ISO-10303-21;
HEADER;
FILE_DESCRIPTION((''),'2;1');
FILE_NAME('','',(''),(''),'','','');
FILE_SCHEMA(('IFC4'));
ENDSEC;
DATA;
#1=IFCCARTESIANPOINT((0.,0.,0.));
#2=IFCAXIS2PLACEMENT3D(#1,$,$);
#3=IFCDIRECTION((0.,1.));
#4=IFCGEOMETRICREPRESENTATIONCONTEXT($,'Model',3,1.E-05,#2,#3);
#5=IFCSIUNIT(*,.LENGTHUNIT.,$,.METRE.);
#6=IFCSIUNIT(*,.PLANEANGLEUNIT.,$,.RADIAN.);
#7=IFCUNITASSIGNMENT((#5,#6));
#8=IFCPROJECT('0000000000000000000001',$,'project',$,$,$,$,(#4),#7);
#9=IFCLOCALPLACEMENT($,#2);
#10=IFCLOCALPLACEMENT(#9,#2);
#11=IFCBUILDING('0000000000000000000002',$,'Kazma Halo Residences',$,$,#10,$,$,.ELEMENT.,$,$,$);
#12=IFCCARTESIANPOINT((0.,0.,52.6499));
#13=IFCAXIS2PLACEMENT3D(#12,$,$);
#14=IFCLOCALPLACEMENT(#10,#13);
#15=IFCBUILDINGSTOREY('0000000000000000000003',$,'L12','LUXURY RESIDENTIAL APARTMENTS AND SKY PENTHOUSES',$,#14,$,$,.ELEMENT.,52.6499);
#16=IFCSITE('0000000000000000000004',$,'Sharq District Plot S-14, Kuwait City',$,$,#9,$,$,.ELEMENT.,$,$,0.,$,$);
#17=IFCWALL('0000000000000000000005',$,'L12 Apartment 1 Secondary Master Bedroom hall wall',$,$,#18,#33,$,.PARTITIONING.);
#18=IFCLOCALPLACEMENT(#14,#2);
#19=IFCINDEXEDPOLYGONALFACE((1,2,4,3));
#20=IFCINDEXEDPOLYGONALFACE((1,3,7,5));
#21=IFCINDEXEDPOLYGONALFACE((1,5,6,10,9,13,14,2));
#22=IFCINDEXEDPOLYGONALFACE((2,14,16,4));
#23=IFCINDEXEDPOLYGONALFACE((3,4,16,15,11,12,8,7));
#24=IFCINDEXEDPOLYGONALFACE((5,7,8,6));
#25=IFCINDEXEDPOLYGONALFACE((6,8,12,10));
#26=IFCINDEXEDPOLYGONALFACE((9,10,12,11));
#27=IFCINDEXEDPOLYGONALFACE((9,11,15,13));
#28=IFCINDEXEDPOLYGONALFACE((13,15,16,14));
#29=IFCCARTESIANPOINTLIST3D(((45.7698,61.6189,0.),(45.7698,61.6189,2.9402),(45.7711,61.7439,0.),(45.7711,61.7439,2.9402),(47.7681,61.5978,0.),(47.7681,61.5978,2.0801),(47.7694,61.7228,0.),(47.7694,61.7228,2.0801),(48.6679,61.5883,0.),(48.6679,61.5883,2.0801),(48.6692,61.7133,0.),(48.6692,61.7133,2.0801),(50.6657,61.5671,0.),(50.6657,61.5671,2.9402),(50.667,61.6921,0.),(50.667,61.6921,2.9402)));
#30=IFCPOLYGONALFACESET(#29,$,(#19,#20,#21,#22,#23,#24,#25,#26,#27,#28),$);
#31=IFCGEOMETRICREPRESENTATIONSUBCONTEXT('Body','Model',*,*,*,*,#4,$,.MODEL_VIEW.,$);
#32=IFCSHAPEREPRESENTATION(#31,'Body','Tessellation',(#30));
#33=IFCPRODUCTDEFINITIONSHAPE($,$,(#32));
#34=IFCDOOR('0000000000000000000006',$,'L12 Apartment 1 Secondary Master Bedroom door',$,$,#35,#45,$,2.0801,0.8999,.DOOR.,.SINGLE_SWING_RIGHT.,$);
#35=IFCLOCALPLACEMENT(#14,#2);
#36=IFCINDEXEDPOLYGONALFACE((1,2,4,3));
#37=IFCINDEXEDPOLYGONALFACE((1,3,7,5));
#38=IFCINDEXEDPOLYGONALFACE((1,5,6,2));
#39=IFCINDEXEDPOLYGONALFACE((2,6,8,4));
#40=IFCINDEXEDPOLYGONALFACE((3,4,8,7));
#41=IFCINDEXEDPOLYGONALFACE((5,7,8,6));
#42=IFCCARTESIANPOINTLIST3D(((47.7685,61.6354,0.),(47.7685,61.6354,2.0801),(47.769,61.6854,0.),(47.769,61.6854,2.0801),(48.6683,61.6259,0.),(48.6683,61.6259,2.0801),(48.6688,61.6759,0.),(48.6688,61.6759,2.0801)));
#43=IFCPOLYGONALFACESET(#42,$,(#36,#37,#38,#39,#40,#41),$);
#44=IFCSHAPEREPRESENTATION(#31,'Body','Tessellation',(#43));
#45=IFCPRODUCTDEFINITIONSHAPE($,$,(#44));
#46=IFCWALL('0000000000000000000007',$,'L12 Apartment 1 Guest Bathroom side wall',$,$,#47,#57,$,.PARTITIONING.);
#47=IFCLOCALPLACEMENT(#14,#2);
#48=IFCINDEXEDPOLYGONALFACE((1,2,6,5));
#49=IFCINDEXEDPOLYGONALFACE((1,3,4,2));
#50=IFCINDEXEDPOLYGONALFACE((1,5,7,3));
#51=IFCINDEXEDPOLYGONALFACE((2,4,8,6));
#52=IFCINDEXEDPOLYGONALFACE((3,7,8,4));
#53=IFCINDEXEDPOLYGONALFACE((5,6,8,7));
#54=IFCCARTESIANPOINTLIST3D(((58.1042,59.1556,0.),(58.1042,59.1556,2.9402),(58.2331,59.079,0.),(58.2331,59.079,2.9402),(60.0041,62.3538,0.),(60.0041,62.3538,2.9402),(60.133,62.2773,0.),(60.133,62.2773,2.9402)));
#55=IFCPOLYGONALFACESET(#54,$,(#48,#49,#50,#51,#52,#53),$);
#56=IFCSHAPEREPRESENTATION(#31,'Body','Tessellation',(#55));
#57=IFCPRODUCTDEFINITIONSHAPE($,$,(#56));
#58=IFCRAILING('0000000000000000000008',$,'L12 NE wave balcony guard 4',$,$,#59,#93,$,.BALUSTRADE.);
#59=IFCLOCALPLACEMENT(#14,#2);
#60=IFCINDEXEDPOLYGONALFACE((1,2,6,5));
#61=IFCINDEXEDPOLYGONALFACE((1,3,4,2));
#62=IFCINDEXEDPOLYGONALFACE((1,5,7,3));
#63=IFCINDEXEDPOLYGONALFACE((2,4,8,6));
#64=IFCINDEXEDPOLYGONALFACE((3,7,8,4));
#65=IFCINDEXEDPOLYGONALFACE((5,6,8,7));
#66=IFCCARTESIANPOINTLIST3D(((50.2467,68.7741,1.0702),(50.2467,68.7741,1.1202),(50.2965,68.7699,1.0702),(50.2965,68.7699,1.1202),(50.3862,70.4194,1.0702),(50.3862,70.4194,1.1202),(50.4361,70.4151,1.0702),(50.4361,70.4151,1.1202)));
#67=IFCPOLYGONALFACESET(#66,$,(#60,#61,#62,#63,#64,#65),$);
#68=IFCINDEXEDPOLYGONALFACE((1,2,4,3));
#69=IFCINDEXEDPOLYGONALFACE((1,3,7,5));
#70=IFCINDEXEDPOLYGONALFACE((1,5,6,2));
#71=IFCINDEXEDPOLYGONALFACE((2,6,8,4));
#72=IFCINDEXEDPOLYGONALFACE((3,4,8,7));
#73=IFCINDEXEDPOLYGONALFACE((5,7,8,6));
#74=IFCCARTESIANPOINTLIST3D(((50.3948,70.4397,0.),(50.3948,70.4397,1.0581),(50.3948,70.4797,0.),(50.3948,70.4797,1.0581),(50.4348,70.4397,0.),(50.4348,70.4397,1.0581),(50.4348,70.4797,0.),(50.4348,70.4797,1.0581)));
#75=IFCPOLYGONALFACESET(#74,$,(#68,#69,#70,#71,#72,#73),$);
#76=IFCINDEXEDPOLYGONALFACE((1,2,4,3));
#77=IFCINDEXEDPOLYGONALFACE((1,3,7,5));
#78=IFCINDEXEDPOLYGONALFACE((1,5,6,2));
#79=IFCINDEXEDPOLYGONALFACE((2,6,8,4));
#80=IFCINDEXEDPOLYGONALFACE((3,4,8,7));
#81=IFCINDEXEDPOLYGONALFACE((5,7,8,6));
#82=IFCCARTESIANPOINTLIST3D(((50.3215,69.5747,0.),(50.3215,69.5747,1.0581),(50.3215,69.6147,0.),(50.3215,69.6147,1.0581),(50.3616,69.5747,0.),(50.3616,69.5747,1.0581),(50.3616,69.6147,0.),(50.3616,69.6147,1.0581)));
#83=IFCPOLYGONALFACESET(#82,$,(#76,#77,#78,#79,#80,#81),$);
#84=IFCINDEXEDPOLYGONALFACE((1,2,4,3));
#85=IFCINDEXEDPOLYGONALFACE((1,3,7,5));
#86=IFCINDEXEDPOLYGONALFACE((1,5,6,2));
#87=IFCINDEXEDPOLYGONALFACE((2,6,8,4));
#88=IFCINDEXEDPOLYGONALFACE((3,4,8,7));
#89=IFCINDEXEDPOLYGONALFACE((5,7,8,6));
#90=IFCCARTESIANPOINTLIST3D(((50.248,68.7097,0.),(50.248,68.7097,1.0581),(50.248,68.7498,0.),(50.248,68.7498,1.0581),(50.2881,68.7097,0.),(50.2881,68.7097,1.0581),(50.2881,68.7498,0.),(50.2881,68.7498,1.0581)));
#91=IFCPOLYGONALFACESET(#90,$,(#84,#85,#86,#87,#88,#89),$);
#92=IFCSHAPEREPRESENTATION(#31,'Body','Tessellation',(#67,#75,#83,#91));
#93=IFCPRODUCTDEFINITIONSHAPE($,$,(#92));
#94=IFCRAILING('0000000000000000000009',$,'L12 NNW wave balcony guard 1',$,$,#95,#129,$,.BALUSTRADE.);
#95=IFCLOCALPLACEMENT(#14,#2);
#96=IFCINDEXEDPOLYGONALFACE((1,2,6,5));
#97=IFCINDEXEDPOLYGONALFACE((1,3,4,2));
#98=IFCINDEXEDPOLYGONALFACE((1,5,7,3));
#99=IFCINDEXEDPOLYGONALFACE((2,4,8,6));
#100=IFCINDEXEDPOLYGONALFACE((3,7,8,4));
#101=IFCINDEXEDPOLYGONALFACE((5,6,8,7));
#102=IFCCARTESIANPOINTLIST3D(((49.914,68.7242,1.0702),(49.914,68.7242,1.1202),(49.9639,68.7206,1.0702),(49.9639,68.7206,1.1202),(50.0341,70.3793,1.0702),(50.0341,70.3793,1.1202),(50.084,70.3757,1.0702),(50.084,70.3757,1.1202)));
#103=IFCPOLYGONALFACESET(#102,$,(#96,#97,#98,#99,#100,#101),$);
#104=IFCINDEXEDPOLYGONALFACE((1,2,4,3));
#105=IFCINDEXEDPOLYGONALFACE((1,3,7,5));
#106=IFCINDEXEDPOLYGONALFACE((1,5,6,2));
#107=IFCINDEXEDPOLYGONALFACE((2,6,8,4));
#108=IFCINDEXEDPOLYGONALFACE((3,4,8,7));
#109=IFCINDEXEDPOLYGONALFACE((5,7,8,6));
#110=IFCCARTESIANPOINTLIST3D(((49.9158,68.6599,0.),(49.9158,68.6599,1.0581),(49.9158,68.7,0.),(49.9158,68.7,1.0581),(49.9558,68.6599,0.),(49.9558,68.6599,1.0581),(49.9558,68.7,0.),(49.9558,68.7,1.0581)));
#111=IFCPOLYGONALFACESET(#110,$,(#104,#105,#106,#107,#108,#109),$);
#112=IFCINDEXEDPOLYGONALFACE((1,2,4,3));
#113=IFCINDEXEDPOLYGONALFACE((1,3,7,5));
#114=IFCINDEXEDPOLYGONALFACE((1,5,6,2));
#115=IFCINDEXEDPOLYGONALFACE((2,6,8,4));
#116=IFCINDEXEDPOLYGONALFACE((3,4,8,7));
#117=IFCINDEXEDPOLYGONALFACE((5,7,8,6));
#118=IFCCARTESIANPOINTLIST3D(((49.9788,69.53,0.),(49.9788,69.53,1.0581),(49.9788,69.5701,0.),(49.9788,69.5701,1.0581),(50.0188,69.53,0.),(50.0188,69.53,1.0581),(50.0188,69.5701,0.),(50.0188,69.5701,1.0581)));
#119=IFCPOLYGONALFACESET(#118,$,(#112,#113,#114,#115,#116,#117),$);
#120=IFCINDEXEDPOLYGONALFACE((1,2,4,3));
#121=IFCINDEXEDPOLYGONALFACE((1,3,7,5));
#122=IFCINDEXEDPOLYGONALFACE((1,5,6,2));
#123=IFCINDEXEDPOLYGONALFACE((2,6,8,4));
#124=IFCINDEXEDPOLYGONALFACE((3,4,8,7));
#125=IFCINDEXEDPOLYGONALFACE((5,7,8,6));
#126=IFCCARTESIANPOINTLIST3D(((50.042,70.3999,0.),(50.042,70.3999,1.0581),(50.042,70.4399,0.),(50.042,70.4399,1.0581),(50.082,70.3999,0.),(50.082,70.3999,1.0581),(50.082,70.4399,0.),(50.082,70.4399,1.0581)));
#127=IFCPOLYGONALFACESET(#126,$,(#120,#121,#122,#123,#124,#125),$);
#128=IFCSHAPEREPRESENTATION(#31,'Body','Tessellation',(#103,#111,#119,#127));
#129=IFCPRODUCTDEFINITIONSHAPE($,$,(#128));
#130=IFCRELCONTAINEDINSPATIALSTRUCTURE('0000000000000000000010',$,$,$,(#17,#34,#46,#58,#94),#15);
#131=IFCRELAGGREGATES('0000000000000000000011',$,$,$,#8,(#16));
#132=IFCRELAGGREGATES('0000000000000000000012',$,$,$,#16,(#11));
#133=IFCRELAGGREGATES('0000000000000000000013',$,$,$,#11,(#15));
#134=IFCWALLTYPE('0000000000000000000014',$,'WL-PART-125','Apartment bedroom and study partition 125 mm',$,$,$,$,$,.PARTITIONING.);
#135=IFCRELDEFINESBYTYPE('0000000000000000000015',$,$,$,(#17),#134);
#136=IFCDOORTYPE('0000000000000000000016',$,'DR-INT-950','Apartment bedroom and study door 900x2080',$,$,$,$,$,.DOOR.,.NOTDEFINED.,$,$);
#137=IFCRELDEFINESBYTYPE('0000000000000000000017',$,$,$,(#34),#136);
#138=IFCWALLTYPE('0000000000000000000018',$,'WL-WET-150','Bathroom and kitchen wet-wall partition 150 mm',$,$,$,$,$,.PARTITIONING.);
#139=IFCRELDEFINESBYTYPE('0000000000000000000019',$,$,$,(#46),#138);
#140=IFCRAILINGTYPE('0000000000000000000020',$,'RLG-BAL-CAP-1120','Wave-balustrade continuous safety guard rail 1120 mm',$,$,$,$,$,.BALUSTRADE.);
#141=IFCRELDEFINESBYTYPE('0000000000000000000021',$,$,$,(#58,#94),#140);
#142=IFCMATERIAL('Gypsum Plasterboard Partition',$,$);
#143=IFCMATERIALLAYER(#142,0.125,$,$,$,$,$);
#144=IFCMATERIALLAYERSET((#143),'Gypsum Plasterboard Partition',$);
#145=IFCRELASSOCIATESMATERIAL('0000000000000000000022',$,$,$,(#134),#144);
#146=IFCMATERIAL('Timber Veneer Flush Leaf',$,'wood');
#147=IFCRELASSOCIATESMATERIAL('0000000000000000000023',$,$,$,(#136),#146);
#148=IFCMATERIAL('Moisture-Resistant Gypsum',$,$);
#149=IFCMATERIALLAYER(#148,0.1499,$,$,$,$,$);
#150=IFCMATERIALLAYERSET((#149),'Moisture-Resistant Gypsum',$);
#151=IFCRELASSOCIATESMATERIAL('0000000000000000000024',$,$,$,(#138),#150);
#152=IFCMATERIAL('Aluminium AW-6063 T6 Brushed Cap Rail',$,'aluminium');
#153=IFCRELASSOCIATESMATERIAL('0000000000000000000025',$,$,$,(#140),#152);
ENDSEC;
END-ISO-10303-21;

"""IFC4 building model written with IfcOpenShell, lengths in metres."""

from ifc_helpers import new_model, si_unit, direction, frame, frame_2d, origin, origin_2d, place, context, subcontext, project, spatial, rectangle, extrude, material, layer, layer_set, type_object, element, fill, save


model = new_model("IFC4")

# Units and contexts
model_context = context("Model", 3, precision=1e-05, world=origin(), true_north=direction((0.0, 1.0)))
body_context = subcontext(model_context, "Body", "Model", "MODEL_VIEW")
ifc_project = project(units=[si_unit("LENGTHUNIT", "METRE"), si_unit("PLANEANGLEUNIT", "RADIAN")], contexts=[model_context])

# Site, building, storey
site_placement = place(None, origin())
site = spatial("IfcSite", under=ifc_project, at=site_placement, Name="Sharq District Plot S-14, Kuwait City", CompositionType="ELEMENT", RefElevation=0.0)
building_placement = place(site_placement, origin())
building = spatial("IfcBuilding", under=site, at=building_placement, Name="Kazma Halo Residences", CompositionType="ELEMENT")
storey_placement = place(building_placement, frame((0.0, 0.0, 52.6499)))
storey = spatial("IfcBuildingStorey", under=building, at=storey_placement, Name="L12", Description="LUXURY RESIDENTIAL APARTMENTS AND SKY PENTHOUSES", CompositionType="ELEMENT", Elevation=52.6499)

# Shared definitions
ifc_material_1 = material(Name="Gypsum Plasterboard Partition")
ifc_layer_1 = layer(ifc_material_1, 0.125)
ifc_layer_set_1 = layer_set([ifc_layer_1], Name="Gypsum Plasterboard Partition")
wall_type_1 = type_object("IfcWallType", Name="WL-PART-125", Description="Apartment bedroom and study partition 125 mm", PredefinedType="PARTITIONING", material=ifc_layer_set_1)

# Wall, opening, door
wall_1_placement = place(storey_placement, frame((50.6665, 61.6296, 0.0), z_axis=(0.0, 0.0, 1.0), x_axis=(-0.999944, 0.010571, 0.0)))
wall_1 = element("IfcWall", 1, at=wall_1_placement, inside=storey, type_object=wall_type_1, Name="L12 Apartment 1 Secondary Master Bedroom hall wall", PredefinedType="PARTITIONING", context=body_context, shape_type="SweptSolid", body=[
    extrude(rectangle(XDim=4.8962, YDim=0.125, at=frame_2d((2.4482, 0.0))), origin(), (0.0, 0.0, 1.0), 2.9402),
])
opening_1_placement = place(wall_1_placement, frame((1.998, 0.0, 0.0)))
opening_1 = element("IfcOpeningElement", 2, at=opening_1_placement, cuts=wall_1, PredefinedType="OPENING", context=body_context, shape_type="SweptSolid", body=[
    extrude(rectangle(XDim=0.8999, YDim=2.0801, at=frame_2d((0.45, 1.04))), frame((0.0, 0.0725, 0.0), z_axis=(0.0, -1.0, 0.0), x_axis=(1.0, 0.0, 0.0)), (0.0, 0.0, 1.0), 0.145),
])
ifc_material_2 = material(Name="Timber Veneer Flush Leaf", Category="wood")
door_type_1 = type_object("IfcDoorType", Name="DR-INT-950", Description="Apartment bedroom and study door 900x2080", OperationType="NOTDEFINED", PredefinedType="DOOR", material=ifc_material_2)
door_1_placement = place(opening_1_placement, origin())
door_1 = element("IfcDoor", 3, at=door_1_placement, inside=storey, type_object=door_type_1, Name="L12 Apartment 1 Secondary Master Bedroom door", OperationType="SINGLE_SWING_RIGHT", OverallHeight=2.0801, OverallWidth=0.8999, PredefinedType="DOOR", context=body_context, shape_type="SweptSolid", body=[
    extrude(rectangle(XDim=0.8999, YDim=2.0801, at=frame_2d((0.45, 1.04))), frame((0.0, 0.0249, 0.0), z_axis=(0.0, -1.0, 0.0), x_axis=(1.0, 0.0, 0.0)), (0.0, 0.0, 1.0), 0.05),
])
fill(opening_1, door_1)

# Wall
ifc_material_3 = material(Name="Moisture-Resistant Gypsum")
ifc_layer_2 = layer(ifc_material_3, 0.1499)
ifc_layer_set_2 = layer_set([ifc_layer_2], Name="Moisture-Resistant Gypsum")
wall_type_2 = type_object("IfcWallType", Name="WL-WET-150", Description="Bathroom and kitchen wet-wall partition 150 mm", PredefinedType="PARTITIONING", material=ifc_layer_set_2)
wall_2_placement = place(storey_placement, frame((58.1687, 59.1174, 0.0), z_axis=(0.0, 0.0, 1.0), x_axis=(0.510727, 0.859743, 0.0)))
element("IfcWall", 4, at=wall_2_placement, inside=storey, type_object=wall_type_2, Name="L12 Apartment 1 Guest Bathroom side wall", PredefinedType="PARTITIONING", context=body_context, shape_type="SweptSolid", body=[
    extrude(rectangle(XDim=3.72, YDim=0.1499, at=frame_2d((1.8599, 0.0))), origin(), (0.0, 0.0, 1.0), 2.9402),
])

# Railings
ifc_material_4 = material(Name="Aluminium AW-6063 T6 Brushed Cap Rail", Category="aluminium")
railing_type = type_object("IfcRailingType", Name="RLG-BAL-CAP-1120", Description="Wave-balustrade continuous safety guard rail 1120 mm", PredefinedType="BALUSTRADE", material=ifc_material_4)
railing_1_placement = place(storey_placement, frame((50.4148, 70.4597, 0.0)))
element("IfcRailing", 5, at=railing_1_placement, inside=storey, type_object=railing_type, Name="L12 NE wave balcony guard 4", PredefinedType="BALUSTRADE", context=body_context, shape_type="SweptSolid", body=[
    extrude(rectangle(XDim=0.05, YDim=0.05, at=origin_2d()), frame((-0.0037, -0.0425, 1.0952), z_axis=(-0.084512, -0.996422, 0.0), x_axis=(0.996422, -0.084512, 0.0)), (0.0, 0.0, 1.0), 1.6511),
    extrude(rectangle(XDim=0.04, YDim=0.04, at=origin_2d()), origin(), (0.0, 0.0, 1.0), 1.0581),
    extrude(rectangle(XDim=0.04, YDim=0.04, at=origin_2d()), frame((-0.0732, -0.865, 0.0)), (0.0, 0.0, 1.0), 1.0581),
    extrude(rectangle(XDim=0.04, YDim=0.04, at=origin_2d()), frame((-0.1467, -1.73, 0.0)), (0.0, 0.0, 1.0), 1.0581),
])
railing_2_placement = place(storey_placement, frame((49.9358, 68.6799, 0.0)))
element("IfcRailing", 6, at=railing_2_placement, inside=storey, type_object=railing_type, Name="L12 NNW wave balcony guard 1", PredefinedType="BALUSTRADE", context=body_context, shape_type="SweptSolid", body=[
    extrude(rectangle(XDim=0.05, YDim=0.05, at=origin_2d()), frame((0.0032, 0.0425, 1.0952), z_axis=(0.072351, 0.997379, 0.0), x_axis=(-0.997379, 0.072351, 0.0)), (0.0, 0.0, 1.0), 1.6594),
    extrude(rectangle(XDim=0.04, YDim=0.04, at=origin_2d()), origin(), (0.0, 0.0, 1.0), 1.0581),
    extrude(rectangle(XDim=0.04, YDim=0.04, at=origin_2d()), frame((0.063, 0.8701, 0.0)), (0.0, 0.0, 1.0), 1.0581),
    extrude(rectangle(XDim=0.04, YDim=0.04, at=origin_2d()), frame((0.1262, 1.74, 0.0)), (0.0, 0.0, 1.0), 1.0581),
])

save(model, "model.ifc")
